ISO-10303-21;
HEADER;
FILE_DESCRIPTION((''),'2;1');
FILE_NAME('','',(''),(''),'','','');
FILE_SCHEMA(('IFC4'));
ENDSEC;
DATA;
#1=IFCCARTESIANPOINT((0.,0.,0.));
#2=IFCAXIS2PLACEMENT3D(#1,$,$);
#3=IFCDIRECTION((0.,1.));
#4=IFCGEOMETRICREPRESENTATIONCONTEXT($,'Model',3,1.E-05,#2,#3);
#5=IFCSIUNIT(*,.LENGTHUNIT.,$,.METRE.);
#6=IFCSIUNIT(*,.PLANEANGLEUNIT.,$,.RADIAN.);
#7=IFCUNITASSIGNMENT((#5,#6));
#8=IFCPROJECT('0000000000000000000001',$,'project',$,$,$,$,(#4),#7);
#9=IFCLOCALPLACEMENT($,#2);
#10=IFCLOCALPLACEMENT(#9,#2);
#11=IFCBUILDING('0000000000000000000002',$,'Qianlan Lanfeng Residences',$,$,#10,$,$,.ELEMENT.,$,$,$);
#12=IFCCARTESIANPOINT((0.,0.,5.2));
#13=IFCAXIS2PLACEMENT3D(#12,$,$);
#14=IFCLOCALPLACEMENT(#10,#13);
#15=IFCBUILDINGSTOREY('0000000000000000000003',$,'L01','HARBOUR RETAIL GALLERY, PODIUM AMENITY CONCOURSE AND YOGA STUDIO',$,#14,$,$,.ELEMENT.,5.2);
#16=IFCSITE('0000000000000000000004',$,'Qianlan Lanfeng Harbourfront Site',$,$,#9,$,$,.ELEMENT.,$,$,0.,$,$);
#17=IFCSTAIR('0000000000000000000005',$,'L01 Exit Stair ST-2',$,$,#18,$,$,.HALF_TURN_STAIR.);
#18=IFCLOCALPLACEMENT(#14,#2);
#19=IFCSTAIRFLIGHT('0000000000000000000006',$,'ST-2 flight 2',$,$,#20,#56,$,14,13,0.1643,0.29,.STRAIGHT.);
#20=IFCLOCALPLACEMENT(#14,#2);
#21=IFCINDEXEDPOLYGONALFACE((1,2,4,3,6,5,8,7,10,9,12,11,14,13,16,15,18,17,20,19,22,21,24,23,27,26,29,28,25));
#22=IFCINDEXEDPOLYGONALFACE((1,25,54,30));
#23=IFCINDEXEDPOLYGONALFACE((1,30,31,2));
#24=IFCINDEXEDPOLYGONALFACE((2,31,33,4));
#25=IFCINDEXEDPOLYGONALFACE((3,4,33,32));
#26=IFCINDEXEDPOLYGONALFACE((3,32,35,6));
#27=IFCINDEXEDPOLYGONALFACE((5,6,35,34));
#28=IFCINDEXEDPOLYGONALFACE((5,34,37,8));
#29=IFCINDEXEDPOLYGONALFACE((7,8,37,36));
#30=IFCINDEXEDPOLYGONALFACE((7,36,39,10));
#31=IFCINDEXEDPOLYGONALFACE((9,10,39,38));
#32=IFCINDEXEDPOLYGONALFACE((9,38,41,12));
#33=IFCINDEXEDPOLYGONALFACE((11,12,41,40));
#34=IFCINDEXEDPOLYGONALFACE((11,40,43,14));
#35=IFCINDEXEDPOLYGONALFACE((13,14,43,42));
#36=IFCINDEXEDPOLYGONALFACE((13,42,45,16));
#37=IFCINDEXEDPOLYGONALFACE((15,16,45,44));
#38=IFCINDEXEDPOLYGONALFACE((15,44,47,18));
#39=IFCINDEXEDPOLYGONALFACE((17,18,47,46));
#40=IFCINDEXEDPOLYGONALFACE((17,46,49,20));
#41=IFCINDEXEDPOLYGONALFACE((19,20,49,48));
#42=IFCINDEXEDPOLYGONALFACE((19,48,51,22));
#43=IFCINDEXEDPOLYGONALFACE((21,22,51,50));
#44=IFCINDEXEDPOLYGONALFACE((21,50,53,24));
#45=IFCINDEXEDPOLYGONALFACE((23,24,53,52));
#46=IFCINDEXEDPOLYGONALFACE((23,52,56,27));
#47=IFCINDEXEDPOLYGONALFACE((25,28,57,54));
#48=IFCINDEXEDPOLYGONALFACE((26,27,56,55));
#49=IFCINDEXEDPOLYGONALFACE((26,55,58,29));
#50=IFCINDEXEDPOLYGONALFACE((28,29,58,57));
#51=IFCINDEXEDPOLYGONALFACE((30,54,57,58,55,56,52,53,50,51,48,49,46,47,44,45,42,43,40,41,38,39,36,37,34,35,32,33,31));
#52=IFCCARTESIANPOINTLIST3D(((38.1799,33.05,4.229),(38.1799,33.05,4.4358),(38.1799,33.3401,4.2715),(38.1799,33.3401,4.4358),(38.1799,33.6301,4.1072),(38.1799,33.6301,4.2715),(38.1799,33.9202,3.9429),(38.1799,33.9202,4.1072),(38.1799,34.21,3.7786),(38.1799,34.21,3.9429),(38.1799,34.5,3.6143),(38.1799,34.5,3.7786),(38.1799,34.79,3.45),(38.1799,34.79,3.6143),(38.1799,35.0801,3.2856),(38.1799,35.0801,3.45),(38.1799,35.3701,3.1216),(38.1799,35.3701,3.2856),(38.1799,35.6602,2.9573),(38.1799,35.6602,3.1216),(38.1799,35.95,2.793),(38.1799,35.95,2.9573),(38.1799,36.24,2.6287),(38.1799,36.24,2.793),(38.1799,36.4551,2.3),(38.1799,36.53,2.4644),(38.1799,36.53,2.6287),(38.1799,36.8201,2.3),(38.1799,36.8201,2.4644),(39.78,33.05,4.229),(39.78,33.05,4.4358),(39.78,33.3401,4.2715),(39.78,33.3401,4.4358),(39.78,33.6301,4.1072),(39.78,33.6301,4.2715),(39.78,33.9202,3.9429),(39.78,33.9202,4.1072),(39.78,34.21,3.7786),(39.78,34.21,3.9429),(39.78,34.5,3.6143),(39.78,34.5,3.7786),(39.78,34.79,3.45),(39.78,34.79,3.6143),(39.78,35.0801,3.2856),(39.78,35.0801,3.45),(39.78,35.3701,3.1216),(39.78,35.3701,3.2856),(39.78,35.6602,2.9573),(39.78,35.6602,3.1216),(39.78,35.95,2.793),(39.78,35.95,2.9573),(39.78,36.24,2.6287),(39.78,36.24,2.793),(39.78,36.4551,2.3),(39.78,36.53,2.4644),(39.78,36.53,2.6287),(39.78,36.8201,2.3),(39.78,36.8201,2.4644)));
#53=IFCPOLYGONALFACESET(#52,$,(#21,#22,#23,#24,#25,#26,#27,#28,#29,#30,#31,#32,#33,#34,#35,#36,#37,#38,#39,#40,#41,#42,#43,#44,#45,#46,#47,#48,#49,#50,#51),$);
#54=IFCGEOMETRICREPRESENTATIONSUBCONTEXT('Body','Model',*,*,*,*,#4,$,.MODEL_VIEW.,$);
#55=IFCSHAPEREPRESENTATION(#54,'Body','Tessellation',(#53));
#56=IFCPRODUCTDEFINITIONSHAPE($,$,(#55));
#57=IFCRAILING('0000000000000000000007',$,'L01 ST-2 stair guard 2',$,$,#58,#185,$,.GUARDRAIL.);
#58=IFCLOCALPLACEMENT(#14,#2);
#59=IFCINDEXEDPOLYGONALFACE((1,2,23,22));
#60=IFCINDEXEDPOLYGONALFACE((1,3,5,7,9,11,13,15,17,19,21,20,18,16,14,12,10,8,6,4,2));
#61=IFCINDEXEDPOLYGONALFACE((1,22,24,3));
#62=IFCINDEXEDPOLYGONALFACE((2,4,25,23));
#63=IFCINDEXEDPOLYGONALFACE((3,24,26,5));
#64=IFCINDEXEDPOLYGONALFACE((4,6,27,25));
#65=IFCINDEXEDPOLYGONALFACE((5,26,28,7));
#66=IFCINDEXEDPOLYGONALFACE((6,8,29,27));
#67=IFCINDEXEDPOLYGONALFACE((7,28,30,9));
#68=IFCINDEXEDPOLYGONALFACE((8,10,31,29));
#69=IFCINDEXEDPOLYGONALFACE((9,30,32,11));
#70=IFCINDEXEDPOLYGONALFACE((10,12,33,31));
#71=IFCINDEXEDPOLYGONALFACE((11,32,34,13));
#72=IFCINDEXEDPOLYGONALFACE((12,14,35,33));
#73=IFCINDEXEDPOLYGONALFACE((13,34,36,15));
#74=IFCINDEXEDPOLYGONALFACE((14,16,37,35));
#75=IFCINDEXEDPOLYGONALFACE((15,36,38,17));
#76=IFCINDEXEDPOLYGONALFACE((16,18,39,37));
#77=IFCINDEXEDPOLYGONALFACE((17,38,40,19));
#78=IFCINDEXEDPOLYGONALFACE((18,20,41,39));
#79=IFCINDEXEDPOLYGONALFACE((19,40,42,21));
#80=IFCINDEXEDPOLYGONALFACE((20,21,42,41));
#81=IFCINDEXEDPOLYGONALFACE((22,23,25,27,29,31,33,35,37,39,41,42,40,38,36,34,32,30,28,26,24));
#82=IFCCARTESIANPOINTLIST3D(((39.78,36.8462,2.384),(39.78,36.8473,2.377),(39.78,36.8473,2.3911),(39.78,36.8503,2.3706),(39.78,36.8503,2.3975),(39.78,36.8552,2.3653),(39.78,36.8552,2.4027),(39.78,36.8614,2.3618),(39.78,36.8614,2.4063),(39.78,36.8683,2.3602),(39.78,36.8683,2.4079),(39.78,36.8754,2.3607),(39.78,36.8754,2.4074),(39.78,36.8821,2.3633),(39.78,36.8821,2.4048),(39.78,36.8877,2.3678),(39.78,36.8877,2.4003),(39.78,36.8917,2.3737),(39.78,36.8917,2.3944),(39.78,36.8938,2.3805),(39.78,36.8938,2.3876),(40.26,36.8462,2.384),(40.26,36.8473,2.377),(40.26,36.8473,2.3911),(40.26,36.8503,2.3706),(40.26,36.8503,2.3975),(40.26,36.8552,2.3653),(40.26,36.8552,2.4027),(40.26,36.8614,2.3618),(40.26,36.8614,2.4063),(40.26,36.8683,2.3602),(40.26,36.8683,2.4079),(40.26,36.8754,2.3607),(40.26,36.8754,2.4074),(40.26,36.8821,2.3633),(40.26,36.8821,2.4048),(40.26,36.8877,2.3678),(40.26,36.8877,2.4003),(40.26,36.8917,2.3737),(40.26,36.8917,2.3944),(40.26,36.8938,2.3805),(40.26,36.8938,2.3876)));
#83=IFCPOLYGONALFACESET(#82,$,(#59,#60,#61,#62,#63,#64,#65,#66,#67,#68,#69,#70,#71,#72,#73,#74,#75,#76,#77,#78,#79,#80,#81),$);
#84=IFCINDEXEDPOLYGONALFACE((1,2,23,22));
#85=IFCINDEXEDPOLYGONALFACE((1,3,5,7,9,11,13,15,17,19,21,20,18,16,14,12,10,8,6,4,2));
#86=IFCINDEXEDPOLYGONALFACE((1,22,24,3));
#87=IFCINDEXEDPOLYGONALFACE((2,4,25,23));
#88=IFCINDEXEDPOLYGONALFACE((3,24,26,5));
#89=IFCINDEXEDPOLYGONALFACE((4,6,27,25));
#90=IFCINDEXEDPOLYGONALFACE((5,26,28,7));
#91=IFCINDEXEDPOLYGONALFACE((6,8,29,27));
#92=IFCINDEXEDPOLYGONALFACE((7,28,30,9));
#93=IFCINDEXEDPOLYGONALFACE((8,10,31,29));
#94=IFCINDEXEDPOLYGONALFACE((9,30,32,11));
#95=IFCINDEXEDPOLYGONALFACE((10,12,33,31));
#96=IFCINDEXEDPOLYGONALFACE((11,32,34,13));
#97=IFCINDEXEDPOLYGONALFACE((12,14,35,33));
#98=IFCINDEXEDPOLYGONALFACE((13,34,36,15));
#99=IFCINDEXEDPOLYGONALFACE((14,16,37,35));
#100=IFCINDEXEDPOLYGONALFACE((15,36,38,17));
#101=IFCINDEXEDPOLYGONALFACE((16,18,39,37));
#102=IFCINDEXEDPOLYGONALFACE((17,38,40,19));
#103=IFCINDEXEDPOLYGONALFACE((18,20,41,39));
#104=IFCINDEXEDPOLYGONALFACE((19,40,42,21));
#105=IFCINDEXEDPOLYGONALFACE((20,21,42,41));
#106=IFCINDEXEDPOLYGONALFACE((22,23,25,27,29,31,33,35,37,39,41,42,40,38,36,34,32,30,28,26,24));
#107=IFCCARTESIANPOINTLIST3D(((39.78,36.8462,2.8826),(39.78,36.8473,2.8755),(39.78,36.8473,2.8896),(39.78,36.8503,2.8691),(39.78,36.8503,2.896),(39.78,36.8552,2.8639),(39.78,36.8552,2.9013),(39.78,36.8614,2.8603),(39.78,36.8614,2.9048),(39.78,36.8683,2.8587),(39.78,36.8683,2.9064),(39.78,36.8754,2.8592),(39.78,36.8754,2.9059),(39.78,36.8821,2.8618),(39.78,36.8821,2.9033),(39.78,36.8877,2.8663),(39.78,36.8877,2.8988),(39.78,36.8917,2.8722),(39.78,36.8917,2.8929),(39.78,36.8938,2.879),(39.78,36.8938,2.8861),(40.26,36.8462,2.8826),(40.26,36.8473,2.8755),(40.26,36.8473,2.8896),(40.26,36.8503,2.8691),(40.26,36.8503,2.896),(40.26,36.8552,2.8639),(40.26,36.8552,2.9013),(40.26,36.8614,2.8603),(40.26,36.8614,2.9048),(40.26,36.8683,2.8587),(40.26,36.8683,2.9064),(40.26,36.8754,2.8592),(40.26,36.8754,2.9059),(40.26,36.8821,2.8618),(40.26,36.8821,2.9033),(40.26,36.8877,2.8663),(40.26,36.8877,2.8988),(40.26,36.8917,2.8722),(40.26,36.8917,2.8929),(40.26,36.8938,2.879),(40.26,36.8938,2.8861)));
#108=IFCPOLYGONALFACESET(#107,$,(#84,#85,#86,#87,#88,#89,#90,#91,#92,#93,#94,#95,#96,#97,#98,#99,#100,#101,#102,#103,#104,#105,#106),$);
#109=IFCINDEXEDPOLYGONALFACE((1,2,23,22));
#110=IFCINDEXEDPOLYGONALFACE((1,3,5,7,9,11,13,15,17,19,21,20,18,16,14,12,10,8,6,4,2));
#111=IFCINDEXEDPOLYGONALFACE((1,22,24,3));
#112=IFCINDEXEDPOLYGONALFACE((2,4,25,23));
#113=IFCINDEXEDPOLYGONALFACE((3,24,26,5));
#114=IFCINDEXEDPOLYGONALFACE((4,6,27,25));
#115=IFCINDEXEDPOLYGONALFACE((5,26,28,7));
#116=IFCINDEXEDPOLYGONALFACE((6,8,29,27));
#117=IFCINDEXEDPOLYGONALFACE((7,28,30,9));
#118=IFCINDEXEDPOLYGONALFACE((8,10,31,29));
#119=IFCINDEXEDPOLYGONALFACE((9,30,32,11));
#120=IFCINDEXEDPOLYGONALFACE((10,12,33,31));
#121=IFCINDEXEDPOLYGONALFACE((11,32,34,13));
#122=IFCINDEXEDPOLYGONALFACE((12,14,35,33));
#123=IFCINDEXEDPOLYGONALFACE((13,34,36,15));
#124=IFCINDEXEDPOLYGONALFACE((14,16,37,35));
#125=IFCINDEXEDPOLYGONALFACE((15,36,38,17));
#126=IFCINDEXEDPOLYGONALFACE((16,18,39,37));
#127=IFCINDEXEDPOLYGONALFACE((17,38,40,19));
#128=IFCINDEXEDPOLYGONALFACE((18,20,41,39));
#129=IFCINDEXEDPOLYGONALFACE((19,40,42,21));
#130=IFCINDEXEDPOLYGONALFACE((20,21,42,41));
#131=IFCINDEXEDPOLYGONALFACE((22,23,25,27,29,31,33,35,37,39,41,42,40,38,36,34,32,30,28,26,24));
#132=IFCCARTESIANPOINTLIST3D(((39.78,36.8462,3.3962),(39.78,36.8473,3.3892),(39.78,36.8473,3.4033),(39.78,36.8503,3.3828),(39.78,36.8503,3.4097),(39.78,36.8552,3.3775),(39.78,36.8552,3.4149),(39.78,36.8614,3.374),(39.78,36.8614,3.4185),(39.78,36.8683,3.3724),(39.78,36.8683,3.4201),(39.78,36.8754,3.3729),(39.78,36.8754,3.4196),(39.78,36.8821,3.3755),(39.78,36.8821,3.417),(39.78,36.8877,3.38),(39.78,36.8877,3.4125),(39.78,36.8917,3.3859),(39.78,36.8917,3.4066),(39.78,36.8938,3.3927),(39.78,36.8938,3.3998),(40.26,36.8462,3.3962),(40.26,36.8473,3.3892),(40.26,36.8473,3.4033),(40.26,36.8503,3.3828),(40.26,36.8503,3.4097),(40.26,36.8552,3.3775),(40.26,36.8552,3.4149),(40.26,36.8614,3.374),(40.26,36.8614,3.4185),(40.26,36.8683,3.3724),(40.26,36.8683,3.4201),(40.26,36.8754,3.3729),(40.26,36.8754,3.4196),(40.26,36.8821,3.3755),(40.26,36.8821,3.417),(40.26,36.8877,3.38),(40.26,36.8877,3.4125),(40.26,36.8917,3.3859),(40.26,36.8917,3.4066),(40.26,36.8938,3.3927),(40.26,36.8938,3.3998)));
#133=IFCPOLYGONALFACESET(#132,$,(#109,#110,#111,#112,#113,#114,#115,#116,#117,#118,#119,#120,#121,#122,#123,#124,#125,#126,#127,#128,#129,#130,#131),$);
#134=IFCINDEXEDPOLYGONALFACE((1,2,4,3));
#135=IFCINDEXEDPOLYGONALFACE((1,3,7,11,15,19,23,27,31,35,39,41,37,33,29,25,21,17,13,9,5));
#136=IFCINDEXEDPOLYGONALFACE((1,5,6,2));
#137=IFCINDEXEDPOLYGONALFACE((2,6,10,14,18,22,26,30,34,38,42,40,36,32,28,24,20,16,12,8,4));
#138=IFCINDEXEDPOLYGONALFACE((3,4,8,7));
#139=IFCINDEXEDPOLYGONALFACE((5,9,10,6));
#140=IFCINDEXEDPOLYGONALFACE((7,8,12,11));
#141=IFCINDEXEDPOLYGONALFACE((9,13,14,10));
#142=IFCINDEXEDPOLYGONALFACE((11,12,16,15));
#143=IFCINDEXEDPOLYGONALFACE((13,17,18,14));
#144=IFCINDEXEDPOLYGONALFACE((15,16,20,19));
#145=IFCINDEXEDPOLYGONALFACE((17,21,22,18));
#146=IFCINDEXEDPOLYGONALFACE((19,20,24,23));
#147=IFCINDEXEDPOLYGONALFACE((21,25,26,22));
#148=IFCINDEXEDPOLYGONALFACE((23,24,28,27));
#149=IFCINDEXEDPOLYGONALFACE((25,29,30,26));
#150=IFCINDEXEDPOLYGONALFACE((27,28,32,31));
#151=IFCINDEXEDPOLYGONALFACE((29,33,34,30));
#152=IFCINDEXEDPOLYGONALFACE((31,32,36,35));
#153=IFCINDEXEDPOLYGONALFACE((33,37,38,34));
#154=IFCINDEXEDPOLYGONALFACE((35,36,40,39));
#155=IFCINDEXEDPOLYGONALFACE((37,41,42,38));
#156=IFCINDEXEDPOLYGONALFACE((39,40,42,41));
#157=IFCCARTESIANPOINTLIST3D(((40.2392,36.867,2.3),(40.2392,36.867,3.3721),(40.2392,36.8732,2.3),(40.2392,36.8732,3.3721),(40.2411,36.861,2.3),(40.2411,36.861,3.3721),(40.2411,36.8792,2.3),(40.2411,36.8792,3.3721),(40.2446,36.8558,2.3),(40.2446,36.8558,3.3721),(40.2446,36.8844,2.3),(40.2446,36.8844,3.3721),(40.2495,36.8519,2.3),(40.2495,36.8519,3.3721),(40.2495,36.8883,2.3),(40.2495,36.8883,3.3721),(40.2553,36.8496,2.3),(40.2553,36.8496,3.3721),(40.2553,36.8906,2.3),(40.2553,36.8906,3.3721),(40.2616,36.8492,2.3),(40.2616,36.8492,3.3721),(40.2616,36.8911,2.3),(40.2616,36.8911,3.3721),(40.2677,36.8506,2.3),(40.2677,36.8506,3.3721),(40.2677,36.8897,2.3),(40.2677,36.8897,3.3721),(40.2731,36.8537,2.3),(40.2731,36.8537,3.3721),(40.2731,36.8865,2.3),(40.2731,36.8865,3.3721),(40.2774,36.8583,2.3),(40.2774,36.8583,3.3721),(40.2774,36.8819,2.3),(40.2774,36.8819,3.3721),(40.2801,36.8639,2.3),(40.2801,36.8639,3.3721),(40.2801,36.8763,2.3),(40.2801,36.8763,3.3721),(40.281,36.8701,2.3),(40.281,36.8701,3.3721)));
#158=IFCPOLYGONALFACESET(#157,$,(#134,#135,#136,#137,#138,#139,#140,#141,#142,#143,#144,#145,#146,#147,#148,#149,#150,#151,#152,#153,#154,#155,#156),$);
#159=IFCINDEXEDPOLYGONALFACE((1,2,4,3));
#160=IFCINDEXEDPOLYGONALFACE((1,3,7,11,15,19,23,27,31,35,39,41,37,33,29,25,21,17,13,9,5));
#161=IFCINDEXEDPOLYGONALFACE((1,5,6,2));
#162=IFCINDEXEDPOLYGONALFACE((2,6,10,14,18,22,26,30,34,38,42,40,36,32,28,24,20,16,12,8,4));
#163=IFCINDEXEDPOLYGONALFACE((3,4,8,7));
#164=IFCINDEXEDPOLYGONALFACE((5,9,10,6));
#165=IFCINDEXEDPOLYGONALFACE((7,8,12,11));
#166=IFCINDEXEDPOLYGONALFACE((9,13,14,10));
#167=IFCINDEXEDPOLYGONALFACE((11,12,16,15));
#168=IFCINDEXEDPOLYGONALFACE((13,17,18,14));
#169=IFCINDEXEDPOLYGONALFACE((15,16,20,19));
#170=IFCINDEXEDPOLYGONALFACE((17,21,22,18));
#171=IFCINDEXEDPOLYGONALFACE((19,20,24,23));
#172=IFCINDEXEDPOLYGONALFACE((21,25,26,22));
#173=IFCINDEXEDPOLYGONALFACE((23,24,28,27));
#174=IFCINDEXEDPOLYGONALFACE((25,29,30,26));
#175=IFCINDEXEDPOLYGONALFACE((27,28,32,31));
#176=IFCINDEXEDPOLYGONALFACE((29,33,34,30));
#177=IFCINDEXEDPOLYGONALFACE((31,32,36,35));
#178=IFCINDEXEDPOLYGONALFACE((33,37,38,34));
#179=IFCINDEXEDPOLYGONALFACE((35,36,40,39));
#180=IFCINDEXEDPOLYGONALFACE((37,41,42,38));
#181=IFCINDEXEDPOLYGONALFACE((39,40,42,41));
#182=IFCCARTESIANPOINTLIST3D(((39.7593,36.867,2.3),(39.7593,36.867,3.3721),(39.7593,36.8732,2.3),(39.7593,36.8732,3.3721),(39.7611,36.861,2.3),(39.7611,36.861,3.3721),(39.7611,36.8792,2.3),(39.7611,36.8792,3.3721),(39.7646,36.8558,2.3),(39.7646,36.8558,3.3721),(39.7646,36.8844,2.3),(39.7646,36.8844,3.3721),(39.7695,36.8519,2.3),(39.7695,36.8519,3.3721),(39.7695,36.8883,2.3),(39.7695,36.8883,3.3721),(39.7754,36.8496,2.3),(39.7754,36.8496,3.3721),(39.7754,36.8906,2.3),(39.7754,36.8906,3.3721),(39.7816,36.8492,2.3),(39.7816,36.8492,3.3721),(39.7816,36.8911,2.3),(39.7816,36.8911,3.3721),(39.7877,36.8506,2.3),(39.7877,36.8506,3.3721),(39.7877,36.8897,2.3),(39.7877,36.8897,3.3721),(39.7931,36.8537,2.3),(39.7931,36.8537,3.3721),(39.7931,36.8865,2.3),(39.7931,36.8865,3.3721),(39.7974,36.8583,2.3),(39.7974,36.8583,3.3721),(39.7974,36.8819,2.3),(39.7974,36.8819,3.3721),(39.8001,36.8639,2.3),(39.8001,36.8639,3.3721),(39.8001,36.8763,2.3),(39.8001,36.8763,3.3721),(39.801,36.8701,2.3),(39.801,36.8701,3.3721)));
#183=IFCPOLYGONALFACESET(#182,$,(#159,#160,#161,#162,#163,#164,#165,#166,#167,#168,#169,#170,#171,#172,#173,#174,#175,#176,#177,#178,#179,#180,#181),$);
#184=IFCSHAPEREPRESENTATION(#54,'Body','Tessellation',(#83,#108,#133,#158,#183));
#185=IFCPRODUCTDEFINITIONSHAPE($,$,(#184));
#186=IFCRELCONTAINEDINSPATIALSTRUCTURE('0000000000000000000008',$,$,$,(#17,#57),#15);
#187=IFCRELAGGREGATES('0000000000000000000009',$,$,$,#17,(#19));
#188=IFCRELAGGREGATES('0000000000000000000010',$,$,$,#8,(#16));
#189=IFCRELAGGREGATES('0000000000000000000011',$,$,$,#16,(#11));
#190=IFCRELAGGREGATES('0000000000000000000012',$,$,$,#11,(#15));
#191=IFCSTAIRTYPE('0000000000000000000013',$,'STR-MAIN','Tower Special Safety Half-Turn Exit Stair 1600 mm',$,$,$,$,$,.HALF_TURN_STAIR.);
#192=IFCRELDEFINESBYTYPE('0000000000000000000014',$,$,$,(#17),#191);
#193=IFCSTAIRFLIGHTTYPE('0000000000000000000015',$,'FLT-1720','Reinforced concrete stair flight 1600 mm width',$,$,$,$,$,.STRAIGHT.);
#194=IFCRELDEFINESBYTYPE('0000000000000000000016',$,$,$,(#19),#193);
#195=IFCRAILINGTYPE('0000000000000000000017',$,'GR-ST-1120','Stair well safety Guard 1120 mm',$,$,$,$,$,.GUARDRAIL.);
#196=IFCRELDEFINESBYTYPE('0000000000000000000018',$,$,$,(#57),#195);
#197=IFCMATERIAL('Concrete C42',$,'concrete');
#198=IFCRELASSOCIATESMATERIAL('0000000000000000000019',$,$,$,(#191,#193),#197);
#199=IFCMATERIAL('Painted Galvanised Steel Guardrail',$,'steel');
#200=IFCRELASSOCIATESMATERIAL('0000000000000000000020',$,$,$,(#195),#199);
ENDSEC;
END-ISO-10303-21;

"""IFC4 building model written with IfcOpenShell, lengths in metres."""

from ifc_helpers import new_model, si_unit, direction, frame, origin, origin_2d, place, context, subcontext, project, spatial, polyline, circle, outline, extrude, material, type_object, element, aggregate, save


model = new_model("IFC4")

# Units and contexts
model_context = context("Model", 3, precision=1e-05, world=origin(), true_north=direction((0.0, 1.0)))
body_context = subcontext(model_context, "Body", "Model", "MODEL_VIEW")
ifc_project = project(units=[si_unit("LENGTHUNIT", "METRE"), si_unit("PLANEANGLEUNIT", "RADIAN")], contexts=[model_context])

# Site, building, storey
site_placement = place(None, origin())
site = spatial("IfcSite", under=ifc_project, at=site_placement, Name="Qianlan Lanfeng Harbourfront Site", CompositionType="ELEMENT", RefElevation=0.0)
building_placement = place(site_placement, origin())
building = spatial("IfcBuilding", under=site, at=building_placement, Name="Qianlan Lanfeng Residences", CompositionType="ELEMENT")
storey_placement = place(building_placement, frame((0.0, 0.0, 5.2)))
storey = spatial("IfcBuildingStorey", under=building, at=storey_placement, Name="L01", Description="HARBOUR RETAIL GALLERY, PODIUM AMENITY CONCOURSE AND YOGA STUDIO", CompositionType="ELEMENT", Elevation=5.2)

# Stair, stair flight
ifc_material_1 = material(Name="Concrete C42", Category="concrete")
stair_type = type_object("IfcStairType", Name="STR-MAIN", Description="Tower Special Safety Half-Turn Exit Stair 1600 mm", PredefinedType="HALF_TURN_STAIR", material=ifc_material_1)
stair_placement = place(storey_placement, origin())
stair = element("IfcStair", 1, at=stair_placement, inside=storey, type_object=stair_type, Name="L01 Exit Stair ST-2", PredefinedType="HALF_TURN_STAIR")
stair_flight_type = type_object("IfcStairFlightType", Name="FLT-1720", Description="Reinforced concrete stair flight 1600 mm width", PredefinedType="STRAIGHT", material=ifc_material_1)
stair_flight_1_placement = place(storey_placement, frame((38.98, 36.8201, 2.3), z_axis=(0.0, 0.0, 1.0), x_axis=(0.0, -1.0, 0.0)))
stair_flight_1 = element("IfcStairFlight", 2, at=stair_flight_1_placement, type_object=stair_flight_type, Name="ST-2 flight 2", NumberOfRisers=14, NumberOfTreads=13, PredefinedType="STRAIGHT", RiserHeight=0.1643, TreadLength=0.29, context=body_context, shape_type="SweptSolid", body=[
    extrude(outline(polyline([(0.0, 0.0), (0.0, 0.1643), (0.29, 0.1643), (0.29, 0.3286), (0.5801, 0.3286), (0.5801, 0.4929), (0.8701, 0.4929), (0.8701, 0.6572), (1.1599, 0.6572), (1.1599, 0.8215), (1.45, 0.8215), (1.45, 0.9856), (1.74, 0.9856), (1.74, 1.1499), (2.03, 1.1499), (2.03, 1.3142), (2.3201, 1.3142), (2.3201, 1.4785), (2.6101, 1.4785), (2.6101, 1.6428), (2.8999, 1.6428), (2.8999, 1.8071), (3.1899, 1.8071), (3.1899, 1.9714), (3.48, 1.9714), (3.48, 2.1357), (3.77, 2.1357), (3.77, 2.3), (3.77, 1.929), (0.365, 0.0), (0.0, 0.0)])), frame((0.0, 0.8, 0.0), z_axis=(0.0, -1.0, 0.0), x_axis=(1.0, 0.0, 0.0)), (0.0, 0.0, 1.0), 1.6001),
])
aggregate(stair, [stair_flight_1])

# Railing
ifc_material_2 = material(Name="Painted Galvanised Steel Guardrail", Category="steel")
railing_type_1 = type_object("IfcRailingType", Name="GR-ST-1120", Description="Stair well safety Guard 1120 mm", PredefinedType="GUARDRAIL", material=ifc_material_2)
railing_1_placement = place(storey_placement, frame((40.26, 36.8701, 2.3)))
element("IfcRailing", 3, at=railing_1_placement, inside=storey, type_object=railing_type_1, Name="L01 ST-2 stair guard 2", PredefinedType="GUARDRAIL", context=body_context, shape_type="SweptSolid", body=[
    extrude(circle(Radius=0.0239, at=origin_2d()), frame((0.0, 0.0, 0.084), z_axis=(-1.0, 0.0, 0.0), x_axis=(0.0, -1.0, 0.0)), (0.0, 0.0, 1.0), 0.48),
    extrude(circle(Radius=0.0239, at=origin_2d()), frame((0.0, 0.0, 0.5825), z_axis=(-1.0, 0.0, 0.0), x_axis=(0.0, -1.0, 0.0)), (0.0, 0.0, 1.0), 0.48),
    extrude(circle(Radius=0.0239, at=origin_2d()), frame((0.0, 0.0, 1.0962), z_axis=(-1.0, 0.0, 0.0), x_axis=(0.0, -1.0, 0.0)), (0.0, 0.0, 1.0), 0.48),
    extrude(circle(Radius=0.021, at=origin_2d()), origin(), (0.0, 0.0, 1.0), 1.072),
    extrude(circle(Radius=0.021, at=origin_2d()), frame((-0.48, 0.0, 0.0)), (0.0, 0.0, 1.0), 1.072),
])

save(model, "model.ifc")
